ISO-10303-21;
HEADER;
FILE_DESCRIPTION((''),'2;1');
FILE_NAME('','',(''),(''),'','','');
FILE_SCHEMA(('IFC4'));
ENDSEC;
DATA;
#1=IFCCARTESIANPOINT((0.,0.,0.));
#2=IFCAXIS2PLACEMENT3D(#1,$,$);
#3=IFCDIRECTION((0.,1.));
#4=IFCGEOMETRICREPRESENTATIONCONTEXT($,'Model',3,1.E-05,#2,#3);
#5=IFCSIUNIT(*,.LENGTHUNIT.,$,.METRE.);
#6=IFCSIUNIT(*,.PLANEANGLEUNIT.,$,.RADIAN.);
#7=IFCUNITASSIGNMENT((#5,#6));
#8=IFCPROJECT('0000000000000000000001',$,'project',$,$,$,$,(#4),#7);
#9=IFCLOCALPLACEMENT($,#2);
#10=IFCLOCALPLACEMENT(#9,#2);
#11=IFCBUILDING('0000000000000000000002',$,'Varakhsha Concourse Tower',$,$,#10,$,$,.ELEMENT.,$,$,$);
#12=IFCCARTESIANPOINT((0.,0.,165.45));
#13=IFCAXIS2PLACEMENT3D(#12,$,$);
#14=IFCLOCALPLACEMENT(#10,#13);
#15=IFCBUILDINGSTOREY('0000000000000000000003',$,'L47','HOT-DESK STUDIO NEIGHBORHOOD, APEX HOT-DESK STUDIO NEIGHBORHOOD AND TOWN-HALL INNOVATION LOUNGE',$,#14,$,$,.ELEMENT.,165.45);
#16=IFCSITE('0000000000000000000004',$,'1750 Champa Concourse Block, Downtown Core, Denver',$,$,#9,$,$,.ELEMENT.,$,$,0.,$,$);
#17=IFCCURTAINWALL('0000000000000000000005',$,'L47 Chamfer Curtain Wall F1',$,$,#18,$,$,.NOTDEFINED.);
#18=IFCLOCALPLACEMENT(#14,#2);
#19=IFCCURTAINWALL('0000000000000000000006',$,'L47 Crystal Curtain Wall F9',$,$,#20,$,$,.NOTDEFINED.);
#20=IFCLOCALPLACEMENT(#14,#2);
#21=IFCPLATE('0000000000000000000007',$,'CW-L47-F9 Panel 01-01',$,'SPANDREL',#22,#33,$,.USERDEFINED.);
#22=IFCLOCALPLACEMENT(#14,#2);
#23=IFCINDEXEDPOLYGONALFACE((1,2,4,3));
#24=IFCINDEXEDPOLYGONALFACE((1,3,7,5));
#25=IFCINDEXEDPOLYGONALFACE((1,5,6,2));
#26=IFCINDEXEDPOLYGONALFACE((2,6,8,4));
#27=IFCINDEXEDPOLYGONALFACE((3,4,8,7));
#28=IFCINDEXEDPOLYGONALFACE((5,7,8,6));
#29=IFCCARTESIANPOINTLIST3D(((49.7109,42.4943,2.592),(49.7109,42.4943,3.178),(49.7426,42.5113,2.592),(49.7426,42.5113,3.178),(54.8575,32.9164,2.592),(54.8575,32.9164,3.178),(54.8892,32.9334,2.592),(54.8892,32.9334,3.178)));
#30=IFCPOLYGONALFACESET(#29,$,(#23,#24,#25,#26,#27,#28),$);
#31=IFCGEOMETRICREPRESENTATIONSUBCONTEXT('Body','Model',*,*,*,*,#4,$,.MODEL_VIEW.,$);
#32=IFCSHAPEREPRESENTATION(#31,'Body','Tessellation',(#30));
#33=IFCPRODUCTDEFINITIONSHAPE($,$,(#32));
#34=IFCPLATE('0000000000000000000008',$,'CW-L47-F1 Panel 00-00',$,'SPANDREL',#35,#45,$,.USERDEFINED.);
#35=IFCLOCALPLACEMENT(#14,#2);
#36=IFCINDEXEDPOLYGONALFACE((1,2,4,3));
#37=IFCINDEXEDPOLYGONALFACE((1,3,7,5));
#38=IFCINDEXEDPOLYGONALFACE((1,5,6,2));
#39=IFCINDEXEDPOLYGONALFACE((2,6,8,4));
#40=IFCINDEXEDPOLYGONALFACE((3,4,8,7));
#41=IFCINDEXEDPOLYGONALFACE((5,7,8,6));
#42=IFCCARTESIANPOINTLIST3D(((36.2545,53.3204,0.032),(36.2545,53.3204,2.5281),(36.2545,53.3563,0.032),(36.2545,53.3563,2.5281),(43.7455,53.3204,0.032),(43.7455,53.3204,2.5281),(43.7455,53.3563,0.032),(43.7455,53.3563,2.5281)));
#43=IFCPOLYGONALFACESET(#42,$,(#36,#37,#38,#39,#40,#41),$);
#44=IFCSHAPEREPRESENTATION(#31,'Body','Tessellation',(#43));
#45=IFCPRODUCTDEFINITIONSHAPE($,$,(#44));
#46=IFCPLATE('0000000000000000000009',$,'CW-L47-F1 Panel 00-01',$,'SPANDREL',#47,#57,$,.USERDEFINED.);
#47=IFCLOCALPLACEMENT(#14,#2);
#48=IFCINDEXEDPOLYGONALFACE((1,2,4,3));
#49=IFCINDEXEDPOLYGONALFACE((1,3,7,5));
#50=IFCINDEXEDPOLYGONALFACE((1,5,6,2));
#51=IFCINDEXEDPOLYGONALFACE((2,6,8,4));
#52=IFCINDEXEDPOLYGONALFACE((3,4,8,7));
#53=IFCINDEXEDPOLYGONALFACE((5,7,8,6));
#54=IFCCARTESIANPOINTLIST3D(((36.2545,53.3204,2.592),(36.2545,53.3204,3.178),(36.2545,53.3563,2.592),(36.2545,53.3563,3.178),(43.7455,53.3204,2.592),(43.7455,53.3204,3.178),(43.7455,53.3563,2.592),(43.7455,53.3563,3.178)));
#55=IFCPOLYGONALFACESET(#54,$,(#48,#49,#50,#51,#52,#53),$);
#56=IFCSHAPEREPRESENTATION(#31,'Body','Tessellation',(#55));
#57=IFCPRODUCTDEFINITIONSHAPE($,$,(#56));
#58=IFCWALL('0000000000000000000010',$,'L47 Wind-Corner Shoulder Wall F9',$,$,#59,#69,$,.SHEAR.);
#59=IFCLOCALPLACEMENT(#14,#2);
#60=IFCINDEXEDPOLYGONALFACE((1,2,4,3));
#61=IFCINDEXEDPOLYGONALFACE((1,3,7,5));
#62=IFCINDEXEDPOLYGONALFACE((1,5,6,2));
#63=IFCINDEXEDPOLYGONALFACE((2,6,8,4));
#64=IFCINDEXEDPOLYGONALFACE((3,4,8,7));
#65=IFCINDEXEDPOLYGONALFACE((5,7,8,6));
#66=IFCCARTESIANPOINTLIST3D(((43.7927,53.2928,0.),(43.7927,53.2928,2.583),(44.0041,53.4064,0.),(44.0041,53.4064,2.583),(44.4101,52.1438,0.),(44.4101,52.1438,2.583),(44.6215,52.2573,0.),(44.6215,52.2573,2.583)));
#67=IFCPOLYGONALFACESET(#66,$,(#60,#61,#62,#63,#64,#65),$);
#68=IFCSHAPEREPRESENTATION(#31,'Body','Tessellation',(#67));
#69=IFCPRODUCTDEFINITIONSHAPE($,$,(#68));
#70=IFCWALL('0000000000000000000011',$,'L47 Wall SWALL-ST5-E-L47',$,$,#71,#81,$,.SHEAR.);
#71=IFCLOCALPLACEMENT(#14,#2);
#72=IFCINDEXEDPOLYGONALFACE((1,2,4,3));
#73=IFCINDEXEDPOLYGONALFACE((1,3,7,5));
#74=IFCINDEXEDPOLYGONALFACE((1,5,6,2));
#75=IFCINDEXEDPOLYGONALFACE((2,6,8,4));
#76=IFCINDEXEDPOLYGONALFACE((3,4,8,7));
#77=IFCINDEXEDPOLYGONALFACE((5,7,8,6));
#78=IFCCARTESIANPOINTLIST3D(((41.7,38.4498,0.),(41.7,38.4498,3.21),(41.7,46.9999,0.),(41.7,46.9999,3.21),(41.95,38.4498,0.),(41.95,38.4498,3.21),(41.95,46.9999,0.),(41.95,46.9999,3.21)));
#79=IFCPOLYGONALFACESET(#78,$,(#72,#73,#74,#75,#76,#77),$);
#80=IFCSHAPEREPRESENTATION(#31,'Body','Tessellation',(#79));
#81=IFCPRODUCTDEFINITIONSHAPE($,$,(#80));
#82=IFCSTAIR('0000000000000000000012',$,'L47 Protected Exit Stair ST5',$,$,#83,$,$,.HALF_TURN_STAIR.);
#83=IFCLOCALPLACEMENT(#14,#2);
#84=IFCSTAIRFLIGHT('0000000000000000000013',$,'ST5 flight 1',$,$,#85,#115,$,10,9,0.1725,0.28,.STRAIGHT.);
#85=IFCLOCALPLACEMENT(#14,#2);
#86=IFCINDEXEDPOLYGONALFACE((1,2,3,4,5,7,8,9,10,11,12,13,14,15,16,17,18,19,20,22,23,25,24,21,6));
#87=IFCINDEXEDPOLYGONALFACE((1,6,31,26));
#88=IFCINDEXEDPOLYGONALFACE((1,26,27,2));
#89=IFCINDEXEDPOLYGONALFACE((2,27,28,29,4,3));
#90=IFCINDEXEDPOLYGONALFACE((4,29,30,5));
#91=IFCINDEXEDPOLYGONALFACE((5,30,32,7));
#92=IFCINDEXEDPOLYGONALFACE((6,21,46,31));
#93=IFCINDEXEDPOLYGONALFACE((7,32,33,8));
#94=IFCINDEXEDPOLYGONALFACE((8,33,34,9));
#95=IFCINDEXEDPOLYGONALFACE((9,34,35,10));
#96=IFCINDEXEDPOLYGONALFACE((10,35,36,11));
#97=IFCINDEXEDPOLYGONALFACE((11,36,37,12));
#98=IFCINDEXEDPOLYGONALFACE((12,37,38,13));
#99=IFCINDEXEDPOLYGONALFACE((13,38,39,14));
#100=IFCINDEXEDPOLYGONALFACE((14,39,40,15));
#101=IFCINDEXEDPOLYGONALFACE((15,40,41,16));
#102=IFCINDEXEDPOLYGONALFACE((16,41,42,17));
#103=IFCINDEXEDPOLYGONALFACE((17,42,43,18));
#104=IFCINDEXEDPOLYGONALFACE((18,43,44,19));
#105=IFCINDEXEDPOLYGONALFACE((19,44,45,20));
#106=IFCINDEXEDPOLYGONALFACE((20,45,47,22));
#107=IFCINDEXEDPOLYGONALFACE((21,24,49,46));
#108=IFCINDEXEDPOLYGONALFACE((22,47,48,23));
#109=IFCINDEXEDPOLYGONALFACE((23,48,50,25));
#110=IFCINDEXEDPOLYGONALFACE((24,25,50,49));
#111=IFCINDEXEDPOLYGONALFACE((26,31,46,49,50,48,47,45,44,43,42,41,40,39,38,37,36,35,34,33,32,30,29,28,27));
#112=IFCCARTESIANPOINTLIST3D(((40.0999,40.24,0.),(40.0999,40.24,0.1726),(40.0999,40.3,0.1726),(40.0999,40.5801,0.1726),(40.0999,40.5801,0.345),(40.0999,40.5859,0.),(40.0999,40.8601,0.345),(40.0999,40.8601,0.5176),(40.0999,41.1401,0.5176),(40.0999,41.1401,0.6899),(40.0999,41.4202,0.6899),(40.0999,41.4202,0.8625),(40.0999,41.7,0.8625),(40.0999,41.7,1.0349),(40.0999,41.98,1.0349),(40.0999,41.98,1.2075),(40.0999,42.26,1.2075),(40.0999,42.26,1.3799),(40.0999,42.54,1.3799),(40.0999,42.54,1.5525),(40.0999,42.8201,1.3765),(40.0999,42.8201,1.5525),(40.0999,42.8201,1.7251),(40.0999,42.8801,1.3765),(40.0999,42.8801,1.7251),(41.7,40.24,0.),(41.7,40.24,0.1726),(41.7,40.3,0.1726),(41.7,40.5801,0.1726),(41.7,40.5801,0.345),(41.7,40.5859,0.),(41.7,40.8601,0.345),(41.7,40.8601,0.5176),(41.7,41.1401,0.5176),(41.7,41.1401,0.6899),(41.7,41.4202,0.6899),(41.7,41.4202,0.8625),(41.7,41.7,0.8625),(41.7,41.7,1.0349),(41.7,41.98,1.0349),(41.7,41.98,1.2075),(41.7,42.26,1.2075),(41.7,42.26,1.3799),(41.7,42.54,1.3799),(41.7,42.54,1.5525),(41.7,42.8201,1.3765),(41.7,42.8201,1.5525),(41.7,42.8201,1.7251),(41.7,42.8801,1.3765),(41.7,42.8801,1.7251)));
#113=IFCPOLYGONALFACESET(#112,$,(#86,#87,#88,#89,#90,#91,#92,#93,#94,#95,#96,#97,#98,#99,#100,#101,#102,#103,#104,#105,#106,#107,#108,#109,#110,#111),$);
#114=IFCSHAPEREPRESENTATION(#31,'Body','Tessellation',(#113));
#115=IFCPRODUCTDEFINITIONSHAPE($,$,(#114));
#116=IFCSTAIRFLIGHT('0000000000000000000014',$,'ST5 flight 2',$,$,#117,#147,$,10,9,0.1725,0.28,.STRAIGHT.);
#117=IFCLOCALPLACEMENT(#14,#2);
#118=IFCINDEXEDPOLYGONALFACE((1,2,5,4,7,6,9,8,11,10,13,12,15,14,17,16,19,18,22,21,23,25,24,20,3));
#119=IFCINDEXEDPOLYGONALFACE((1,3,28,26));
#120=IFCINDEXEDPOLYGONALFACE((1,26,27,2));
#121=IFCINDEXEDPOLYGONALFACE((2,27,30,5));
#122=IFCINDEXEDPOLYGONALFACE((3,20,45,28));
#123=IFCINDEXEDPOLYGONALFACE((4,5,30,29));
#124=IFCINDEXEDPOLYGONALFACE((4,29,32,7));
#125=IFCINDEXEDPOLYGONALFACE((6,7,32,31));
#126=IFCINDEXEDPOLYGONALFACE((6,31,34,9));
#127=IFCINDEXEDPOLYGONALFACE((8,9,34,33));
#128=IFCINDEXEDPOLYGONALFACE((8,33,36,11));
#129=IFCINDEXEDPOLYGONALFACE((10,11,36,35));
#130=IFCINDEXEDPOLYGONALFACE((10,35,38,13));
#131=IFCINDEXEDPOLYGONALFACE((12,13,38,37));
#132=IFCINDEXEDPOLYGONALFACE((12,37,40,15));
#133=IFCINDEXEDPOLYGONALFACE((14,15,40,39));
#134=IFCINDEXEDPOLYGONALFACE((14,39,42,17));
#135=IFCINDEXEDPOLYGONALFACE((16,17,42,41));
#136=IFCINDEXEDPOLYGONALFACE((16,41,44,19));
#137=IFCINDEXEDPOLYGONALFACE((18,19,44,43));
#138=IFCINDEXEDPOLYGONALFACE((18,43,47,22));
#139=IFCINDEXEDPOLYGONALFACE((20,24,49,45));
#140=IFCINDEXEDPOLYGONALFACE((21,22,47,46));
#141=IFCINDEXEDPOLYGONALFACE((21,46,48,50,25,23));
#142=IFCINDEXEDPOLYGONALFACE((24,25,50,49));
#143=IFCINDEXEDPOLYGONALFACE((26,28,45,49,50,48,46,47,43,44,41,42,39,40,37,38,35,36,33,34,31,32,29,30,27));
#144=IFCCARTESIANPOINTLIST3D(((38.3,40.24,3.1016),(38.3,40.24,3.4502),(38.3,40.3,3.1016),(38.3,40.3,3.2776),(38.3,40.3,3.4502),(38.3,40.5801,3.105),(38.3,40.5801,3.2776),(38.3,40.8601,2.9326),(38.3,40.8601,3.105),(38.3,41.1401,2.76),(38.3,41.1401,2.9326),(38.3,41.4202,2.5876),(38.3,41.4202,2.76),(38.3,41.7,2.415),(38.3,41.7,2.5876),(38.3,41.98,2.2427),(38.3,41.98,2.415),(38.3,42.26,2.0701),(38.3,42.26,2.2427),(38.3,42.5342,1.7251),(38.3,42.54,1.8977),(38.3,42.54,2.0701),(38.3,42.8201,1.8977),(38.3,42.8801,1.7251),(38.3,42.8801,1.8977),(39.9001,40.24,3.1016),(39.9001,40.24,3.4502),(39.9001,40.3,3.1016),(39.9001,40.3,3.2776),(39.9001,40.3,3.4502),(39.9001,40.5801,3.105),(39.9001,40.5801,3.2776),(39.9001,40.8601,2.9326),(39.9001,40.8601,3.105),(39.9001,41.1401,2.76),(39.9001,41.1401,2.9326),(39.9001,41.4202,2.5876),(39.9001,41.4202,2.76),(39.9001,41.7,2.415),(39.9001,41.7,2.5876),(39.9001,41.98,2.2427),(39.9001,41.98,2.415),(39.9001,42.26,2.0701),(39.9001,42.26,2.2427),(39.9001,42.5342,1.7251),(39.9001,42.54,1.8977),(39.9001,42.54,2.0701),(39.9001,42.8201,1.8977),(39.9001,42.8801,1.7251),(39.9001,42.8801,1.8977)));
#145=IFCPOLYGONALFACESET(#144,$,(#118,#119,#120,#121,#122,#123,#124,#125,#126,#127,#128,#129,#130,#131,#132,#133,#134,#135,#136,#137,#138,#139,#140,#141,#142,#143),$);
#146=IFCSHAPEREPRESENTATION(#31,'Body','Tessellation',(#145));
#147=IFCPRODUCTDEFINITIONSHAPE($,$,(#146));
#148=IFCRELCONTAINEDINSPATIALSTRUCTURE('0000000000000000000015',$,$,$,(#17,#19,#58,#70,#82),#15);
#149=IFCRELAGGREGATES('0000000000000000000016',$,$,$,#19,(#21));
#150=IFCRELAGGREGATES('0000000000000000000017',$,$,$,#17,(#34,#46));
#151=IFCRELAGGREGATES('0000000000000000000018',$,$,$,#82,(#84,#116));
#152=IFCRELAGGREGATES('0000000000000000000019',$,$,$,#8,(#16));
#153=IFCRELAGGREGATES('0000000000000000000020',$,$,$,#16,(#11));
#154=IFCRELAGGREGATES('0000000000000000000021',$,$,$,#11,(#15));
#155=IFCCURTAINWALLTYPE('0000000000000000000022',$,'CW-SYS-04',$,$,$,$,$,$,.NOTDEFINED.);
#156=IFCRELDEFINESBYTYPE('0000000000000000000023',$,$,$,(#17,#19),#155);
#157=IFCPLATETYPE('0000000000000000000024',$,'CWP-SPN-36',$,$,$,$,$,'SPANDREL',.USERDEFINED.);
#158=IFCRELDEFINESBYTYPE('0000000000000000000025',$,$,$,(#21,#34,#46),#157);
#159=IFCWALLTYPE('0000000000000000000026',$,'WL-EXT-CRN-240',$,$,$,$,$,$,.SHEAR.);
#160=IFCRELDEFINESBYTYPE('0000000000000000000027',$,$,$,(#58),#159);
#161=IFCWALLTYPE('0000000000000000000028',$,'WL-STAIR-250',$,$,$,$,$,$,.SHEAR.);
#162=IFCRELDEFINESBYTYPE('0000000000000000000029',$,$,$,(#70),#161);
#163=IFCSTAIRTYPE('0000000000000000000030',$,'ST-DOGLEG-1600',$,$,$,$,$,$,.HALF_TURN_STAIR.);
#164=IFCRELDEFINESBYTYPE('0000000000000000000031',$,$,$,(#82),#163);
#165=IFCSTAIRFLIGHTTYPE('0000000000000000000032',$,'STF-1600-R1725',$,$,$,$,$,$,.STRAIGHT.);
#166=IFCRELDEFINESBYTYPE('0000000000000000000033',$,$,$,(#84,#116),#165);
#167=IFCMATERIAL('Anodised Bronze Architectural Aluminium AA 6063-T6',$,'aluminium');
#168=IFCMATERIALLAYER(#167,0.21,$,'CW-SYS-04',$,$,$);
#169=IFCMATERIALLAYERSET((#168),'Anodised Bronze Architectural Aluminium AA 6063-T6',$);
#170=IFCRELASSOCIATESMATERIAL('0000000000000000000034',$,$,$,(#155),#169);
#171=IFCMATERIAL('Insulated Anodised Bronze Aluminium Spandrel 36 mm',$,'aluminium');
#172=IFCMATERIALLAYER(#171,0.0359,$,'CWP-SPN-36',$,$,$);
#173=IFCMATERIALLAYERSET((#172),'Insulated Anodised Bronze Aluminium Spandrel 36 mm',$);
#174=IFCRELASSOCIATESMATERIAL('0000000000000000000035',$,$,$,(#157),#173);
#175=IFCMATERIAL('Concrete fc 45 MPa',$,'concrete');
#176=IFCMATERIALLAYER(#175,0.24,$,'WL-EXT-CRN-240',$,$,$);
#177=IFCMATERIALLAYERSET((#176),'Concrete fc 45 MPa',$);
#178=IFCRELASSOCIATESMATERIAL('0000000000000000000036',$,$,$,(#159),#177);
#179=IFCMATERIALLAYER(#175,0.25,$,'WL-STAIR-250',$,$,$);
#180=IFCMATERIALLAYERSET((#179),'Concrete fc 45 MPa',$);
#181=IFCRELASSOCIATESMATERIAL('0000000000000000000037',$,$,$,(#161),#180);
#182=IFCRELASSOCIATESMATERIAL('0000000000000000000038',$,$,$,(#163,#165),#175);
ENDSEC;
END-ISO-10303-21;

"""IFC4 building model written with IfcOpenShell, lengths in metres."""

from ifc_helpers import new_model, si_unit, direction, frame, frame_2d, origin, origin_2d, place, context, subcontext, project, spatial, polyline, rectangle, outline, extrude, source, transform, mapped, material, layer, layer_set, type_object, type_shapes, element, aggregate, save


model = new_model("IFC4")

# Units and contexts
model_context = context("Model", 3, precision=1e-05, world=origin(), true_north=direction((0.0, 1.0)))
body_context = subcontext(model_context, "Body", "Model", "MODEL_VIEW")
ifc_project = project(units=[si_unit("LENGTHUNIT", "METRE"), si_unit("PLANEANGLEUNIT", "RADIAN")], contexts=[model_context])

# Site, building, storey
site_placement = place(None, origin())
site = spatial("IfcSite", under=ifc_project, at=site_placement, Name="1750 Champa Concourse Block, Downtown Core, Denver", CompositionType="ELEMENT", RefElevation=0.0)
building_placement = place(site_placement, origin())
building = spatial("IfcBuilding", under=site, at=building_placement, Name="Varakhsha Concourse Tower", CompositionType="ELEMENT")
storey_placement = place(building_placement, frame((0.0, 0.0, 165.45)))
storey = spatial("IfcBuildingStorey", under=building, at=storey_placement, Name="L47", Description="HOT-DESK STUDIO NEIGHBORHOOD, APEX HOT-DESK STUDIO NEIGHBORHOOD AND TOWN-HALL INNOVATION LOUNGE", CompositionType="ELEMENT", Elevation=165.45)

# Curtain wall
ifc_material_1 = material(Name="Anodised Bronze Architectural Aluminium AA 6063-T6", Category="aluminium")
ifc_layer_1 = layer(ifc_material_1, 0.21, Name="CW-SYS-04")
ifc_layer_set_1 = layer_set([ifc_layer_1], Name="Anodised Bronze Architectural Aluminium AA 6063-T6")
curtain_wall_type = type_object("IfcCurtainWallType", Name="CW-SYS-04", PredefinedType="NOTDEFINED", material=ifc_layer_set_1)
curtain_wall_1_placement = place(storey_placement, origin())
curtain_wall_1 = element("IfcCurtainWall", 1, at=curtain_wall_1_placement, inside=storey, type_object=curtain_wall_type, Name="L47 Chamfer Curtain Wall F1", PredefinedType="NOTDEFINED")

# Curtain wall
curtain_wall_2_placement = place(storey_placement, origin())
curtain_wall_2 = element("IfcCurtainWall", 2, at=curtain_wall_2_placement, inside=storey, type_object=curtain_wall_type, Name="L47 Crystal Curtain Wall F9", PredefinedType="NOTDEFINED")

# Plates
ifc_material_2 = material(Name="Insulated Anodised Bronze Aluminium Spandrel 36 mm", Category="aluminium")
ifc_layer_2 = layer(ifc_material_2, 0.0359, Name="CWP-SPN-36")
ifc_layer_set_2 = layer_set([ifc_layer_2], Name="Insulated Anodised Bronze Aluminium Spandrel 36 mm")
plate_type_1 = type_object("IfcPlateType", Name="CWP-SPN-36", ElementType="SPANDREL", PredefinedType="USERDEFINED", material=ifc_layer_set_2)
shared_shape_1 = source(origin(), body_context, "Body", "SweptSolid", [
    extrude(rectangle(XDim=10.873, YDim=0.0359, at=origin_2d()), origin(), (0.0, 0.0, 1.0), 0.5859),
])
plate_1_placement = place(storey_placement, frame((52.3, 37.7139, 2.592), z_axis=(0.0, 0.0, 1.0), x_axis=(0.473337, -0.880882, 0.0)))
plate_1 = element("IfcPlate", 3, at=plate_1_placement, type_object=plate_type_1, Name="CW-L47-F9 Panel 01-01", ObjectType="SPANDREL", PredefinedType="USERDEFINED", context=body_context, shape_type="MappedRepresentation", body=[
    mapped(shared_shape_1, transform((0.0, 0.0, 0.0), scale=1.0)),
])
aggregate(curtain_wall_2, [plate_1])
shared_shape_2 = source(origin(), body_context, "Body", "SweptSolid", [
    extrude(rectangle(XDim=7.491, YDim=0.0359, at=origin_2d()), origin(), (0.0, 0.0, 1.0), 2.4961),
])
plate_2_placement = place(storey_placement, frame((40.0, 53.3384, 0.032), z_axis=(0.0, 0.0, 1.0), x_axis=(1.0, 0.0, 0.0)))
plate_2 = element("IfcPlate", 4, at=plate_2_placement, type_object=plate_type_1, Name="CW-L47-F1 Panel 00-00", ObjectType="SPANDREL", PredefinedType="USERDEFINED", context=body_context, shape_type="MappedRepresentation", body=[
    mapped(shared_shape_2, transform((0.0, 0.0, 0.0), scale=1.0)),
])
shared_shape_3 = source(origin(), body_context, "Body", "SweptSolid", [
    extrude(rectangle(XDim=7.491, YDim=0.0359, at=origin_2d()), origin(), (0.0, 0.0, 1.0), 0.5859),
])
type_shapes(plate_type_1, [shared_shape_1, shared_shape_2, shared_shape_3])
plate_3_placement = place(storey_placement, frame((40.0, 53.3384, 2.592), z_axis=(0.0, 0.0, 1.0), x_axis=(1.0, 0.0, 0.0)))
plate_3 = element("IfcPlate", 5, at=plate_3_placement, type_object=plate_type_1, Name="CW-L47-F1 Panel 00-01", ObjectType="SPANDREL", PredefinedType="USERDEFINED", context=body_context, shape_type="MappedRepresentation", body=[
    mapped(shared_shape_3, transform((0.0, 0.0, 0.0), scale=1.0)),
])
aggregate(curtain_wall_1, [plate_2, plate_3])

# Walls
ifc_material_3 = material(Name="Concrete fc 45 MPa", Category="concrete")
ifc_layer_3 = layer(ifc_material_3, 0.24, Name="WL-EXT-CRN-240")
ifc_layer_set_3 = layer_set([ifc_layer_3], Name="Concrete fc 45 MPa")
wall_type_1 = type_object("IfcWallType", Name="WL-EXT-CRN-240", PredefinedType="SHEAR", material=ifc_layer_set_3)
wall_1_placement = place(storey_placement, frame((44.5159, 52.2004, 0.0), z_axis=(0.0, 0.0, 1.0), x_axis=(-0.473296, 0.880903, 0.0)))
element("IfcWall", 6, at=wall_1_placement, inside=storey, type_object=wall_type_1, Name="L47 Wind-Corner Shoulder Wall F9", PredefinedType="SHEAR", context=body_context, shape_type="SweptSolid", body=[
    extrude(rectangle(XDim=1.3044, YDim=0.24, at=frame_2d((0.6523, 0.0))), origin(), (0.0, 0.0, 1.0), 2.583),
])
ifc_layer_4 = layer(ifc_material_3, 0.25, Name="WL-STAIR-250")
ifc_layer_set_4 = layer_set([ifc_layer_4], Name="Concrete fc 45 MPa")
wall_type_2 = type_object("IfcWallType", Name="WL-STAIR-250", PredefinedType="SHEAR", material=ifc_layer_set_4)
wall_2_placement = place(storey_placement, frame((41.825, 38.45, 0.0), z_axis=(0.0, 0.0, 1.0), x_axis=(0.0, 1.0, 0.0)))
element("IfcWall", 7, at=wall_2_placement, inside=storey, type_object=wall_type_2, Name="L47 Wall SWALL-ST5-E-L47", PredefinedType="SHEAR", context=body_context, shape_type="SweptSolid", body=[
    extrude(rectangle(XDim=8.55, YDim=0.25, at=frame_2d((4.2749, 0.0))), origin(), (0.0, 0.0, 1.0), 3.21),
])

# Stair, stair flights
stair_type = type_object("IfcStairType", Name="ST-DOGLEG-1600", PredefinedType="HALF_TURN_STAIR", material=ifc_material_3)
stair_placement = place(storey_placement, origin())
stair = element("IfcStair", 8, at=stair_placement, inside=storey, type_object=stair_type, Name="L47 Protected Exit Stair ST5", PredefinedType="HALF_TURN_STAIR")
stair_flight_type = type_object("IfcStairFlightType", Name="STF-1600-R1725", PredefinedType="STRAIGHT", material=ifc_material_3)
stair_flight_1_placement = place(storey_placement, frame((40.8999, 40.3, 0.0), z_axis=(0.0, 0.0, 1.0), x_axis=(0.0, 1.0, 0.0)))
stair_flight_1 = element("IfcStairFlight", 9, at=stair_flight_1_placement, type_object=stair_flight_type, Name="ST5 flight 1", NumberOfRisers=10, NumberOfTreads=9, PredefinedType="STRAIGHT", RiserHeight=0.1725, TreadLength=0.28, context=body_context, shape_type="SweptSolid", body=[
    extrude(outline(polyline([(-0.0601, 0.0), (-0.0601, 0.1726), (0.0, 0.1726), (0.28, 0.1726), (0.28, 0.345), (0.5601, 0.345), (0.5601, 0.5176), (0.8401, 0.5176), (0.8401, 0.6899), (1.1201, 0.6899), (1.1201, 0.8625), (1.3999, 0.8625), (1.3999, 1.0349), (1.6799, 1.0349), (1.6799, 1.2075), (1.96, 1.2075), (1.96, 1.3799), (2.24, 1.3799), (2.24, 1.5525), (2.52, 1.5525), (2.52, 1.7251), (2.5801, 1.7251), (2.5801, 1.3765), (2.52, 1.3765), (0.2859, 0.0), (-0.0601, 0.0)])), frame((0.0, 0.8, 0.0), z_axis=(0.0, -1.0, 0.0), x_axis=(1.0, 0.0, 0.0)), (0.0, 0.0, 1.0), 1.6001),
])
stair_flight_2_placement = place(storey_placement, frame((39.1001, 42.8201, 1.7251), z_axis=(0.0, 0.0, 1.0), x_axis=(0.0, -1.0, 0.0)))
stair_flight_2 = element("IfcStairFlight", 10, at=stair_flight_2_placement, type_object=stair_flight_type, Name="ST5 flight 2", NumberOfRisers=10, NumberOfTreads=9, PredefinedType="STRAIGHT", RiserHeight=0.1725, TreadLength=0.28, context=body_context, shape_type="SweptSolid", body=[
    extrude(outline(polyline([(-0.0601, 0.0), (-0.0601, 0.1726), (0.0, 0.1726), (0.28, 0.1726), (0.28, 0.345), (0.5601, 0.345), (0.5601, 0.5176), (0.8401, 0.5176), (0.8401, 0.6899), (1.1201, 0.6899), (1.1201, 0.8625), (1.3999, 0.8625), (1.3999, 1.0349), (1.6799, 1.0349), (1.6799, 1.2075), (1.96, 1.2075), (1.96, 1.3799), (2.24, 1.3799), (2.24, 1.5525), (2.52, 1.5525), (2.52, 1.7251), (2.5801, 1.7251), (2.5801, 1.3765), (2.52, 1.3765), (0.2859, 0.0), (-0.0601, 0.0)])), frame((0.0, 0.8, 0.0), z_axis=(0.0, -1.0, 0.0), x_axis=(1.0, 0.0, 0.0)), (0.0, 0.0, 1.0), 1.6001),
])
aggregate(stair, [stair_flight_1, stair_flight_2])

save(model, "model.ifc")
